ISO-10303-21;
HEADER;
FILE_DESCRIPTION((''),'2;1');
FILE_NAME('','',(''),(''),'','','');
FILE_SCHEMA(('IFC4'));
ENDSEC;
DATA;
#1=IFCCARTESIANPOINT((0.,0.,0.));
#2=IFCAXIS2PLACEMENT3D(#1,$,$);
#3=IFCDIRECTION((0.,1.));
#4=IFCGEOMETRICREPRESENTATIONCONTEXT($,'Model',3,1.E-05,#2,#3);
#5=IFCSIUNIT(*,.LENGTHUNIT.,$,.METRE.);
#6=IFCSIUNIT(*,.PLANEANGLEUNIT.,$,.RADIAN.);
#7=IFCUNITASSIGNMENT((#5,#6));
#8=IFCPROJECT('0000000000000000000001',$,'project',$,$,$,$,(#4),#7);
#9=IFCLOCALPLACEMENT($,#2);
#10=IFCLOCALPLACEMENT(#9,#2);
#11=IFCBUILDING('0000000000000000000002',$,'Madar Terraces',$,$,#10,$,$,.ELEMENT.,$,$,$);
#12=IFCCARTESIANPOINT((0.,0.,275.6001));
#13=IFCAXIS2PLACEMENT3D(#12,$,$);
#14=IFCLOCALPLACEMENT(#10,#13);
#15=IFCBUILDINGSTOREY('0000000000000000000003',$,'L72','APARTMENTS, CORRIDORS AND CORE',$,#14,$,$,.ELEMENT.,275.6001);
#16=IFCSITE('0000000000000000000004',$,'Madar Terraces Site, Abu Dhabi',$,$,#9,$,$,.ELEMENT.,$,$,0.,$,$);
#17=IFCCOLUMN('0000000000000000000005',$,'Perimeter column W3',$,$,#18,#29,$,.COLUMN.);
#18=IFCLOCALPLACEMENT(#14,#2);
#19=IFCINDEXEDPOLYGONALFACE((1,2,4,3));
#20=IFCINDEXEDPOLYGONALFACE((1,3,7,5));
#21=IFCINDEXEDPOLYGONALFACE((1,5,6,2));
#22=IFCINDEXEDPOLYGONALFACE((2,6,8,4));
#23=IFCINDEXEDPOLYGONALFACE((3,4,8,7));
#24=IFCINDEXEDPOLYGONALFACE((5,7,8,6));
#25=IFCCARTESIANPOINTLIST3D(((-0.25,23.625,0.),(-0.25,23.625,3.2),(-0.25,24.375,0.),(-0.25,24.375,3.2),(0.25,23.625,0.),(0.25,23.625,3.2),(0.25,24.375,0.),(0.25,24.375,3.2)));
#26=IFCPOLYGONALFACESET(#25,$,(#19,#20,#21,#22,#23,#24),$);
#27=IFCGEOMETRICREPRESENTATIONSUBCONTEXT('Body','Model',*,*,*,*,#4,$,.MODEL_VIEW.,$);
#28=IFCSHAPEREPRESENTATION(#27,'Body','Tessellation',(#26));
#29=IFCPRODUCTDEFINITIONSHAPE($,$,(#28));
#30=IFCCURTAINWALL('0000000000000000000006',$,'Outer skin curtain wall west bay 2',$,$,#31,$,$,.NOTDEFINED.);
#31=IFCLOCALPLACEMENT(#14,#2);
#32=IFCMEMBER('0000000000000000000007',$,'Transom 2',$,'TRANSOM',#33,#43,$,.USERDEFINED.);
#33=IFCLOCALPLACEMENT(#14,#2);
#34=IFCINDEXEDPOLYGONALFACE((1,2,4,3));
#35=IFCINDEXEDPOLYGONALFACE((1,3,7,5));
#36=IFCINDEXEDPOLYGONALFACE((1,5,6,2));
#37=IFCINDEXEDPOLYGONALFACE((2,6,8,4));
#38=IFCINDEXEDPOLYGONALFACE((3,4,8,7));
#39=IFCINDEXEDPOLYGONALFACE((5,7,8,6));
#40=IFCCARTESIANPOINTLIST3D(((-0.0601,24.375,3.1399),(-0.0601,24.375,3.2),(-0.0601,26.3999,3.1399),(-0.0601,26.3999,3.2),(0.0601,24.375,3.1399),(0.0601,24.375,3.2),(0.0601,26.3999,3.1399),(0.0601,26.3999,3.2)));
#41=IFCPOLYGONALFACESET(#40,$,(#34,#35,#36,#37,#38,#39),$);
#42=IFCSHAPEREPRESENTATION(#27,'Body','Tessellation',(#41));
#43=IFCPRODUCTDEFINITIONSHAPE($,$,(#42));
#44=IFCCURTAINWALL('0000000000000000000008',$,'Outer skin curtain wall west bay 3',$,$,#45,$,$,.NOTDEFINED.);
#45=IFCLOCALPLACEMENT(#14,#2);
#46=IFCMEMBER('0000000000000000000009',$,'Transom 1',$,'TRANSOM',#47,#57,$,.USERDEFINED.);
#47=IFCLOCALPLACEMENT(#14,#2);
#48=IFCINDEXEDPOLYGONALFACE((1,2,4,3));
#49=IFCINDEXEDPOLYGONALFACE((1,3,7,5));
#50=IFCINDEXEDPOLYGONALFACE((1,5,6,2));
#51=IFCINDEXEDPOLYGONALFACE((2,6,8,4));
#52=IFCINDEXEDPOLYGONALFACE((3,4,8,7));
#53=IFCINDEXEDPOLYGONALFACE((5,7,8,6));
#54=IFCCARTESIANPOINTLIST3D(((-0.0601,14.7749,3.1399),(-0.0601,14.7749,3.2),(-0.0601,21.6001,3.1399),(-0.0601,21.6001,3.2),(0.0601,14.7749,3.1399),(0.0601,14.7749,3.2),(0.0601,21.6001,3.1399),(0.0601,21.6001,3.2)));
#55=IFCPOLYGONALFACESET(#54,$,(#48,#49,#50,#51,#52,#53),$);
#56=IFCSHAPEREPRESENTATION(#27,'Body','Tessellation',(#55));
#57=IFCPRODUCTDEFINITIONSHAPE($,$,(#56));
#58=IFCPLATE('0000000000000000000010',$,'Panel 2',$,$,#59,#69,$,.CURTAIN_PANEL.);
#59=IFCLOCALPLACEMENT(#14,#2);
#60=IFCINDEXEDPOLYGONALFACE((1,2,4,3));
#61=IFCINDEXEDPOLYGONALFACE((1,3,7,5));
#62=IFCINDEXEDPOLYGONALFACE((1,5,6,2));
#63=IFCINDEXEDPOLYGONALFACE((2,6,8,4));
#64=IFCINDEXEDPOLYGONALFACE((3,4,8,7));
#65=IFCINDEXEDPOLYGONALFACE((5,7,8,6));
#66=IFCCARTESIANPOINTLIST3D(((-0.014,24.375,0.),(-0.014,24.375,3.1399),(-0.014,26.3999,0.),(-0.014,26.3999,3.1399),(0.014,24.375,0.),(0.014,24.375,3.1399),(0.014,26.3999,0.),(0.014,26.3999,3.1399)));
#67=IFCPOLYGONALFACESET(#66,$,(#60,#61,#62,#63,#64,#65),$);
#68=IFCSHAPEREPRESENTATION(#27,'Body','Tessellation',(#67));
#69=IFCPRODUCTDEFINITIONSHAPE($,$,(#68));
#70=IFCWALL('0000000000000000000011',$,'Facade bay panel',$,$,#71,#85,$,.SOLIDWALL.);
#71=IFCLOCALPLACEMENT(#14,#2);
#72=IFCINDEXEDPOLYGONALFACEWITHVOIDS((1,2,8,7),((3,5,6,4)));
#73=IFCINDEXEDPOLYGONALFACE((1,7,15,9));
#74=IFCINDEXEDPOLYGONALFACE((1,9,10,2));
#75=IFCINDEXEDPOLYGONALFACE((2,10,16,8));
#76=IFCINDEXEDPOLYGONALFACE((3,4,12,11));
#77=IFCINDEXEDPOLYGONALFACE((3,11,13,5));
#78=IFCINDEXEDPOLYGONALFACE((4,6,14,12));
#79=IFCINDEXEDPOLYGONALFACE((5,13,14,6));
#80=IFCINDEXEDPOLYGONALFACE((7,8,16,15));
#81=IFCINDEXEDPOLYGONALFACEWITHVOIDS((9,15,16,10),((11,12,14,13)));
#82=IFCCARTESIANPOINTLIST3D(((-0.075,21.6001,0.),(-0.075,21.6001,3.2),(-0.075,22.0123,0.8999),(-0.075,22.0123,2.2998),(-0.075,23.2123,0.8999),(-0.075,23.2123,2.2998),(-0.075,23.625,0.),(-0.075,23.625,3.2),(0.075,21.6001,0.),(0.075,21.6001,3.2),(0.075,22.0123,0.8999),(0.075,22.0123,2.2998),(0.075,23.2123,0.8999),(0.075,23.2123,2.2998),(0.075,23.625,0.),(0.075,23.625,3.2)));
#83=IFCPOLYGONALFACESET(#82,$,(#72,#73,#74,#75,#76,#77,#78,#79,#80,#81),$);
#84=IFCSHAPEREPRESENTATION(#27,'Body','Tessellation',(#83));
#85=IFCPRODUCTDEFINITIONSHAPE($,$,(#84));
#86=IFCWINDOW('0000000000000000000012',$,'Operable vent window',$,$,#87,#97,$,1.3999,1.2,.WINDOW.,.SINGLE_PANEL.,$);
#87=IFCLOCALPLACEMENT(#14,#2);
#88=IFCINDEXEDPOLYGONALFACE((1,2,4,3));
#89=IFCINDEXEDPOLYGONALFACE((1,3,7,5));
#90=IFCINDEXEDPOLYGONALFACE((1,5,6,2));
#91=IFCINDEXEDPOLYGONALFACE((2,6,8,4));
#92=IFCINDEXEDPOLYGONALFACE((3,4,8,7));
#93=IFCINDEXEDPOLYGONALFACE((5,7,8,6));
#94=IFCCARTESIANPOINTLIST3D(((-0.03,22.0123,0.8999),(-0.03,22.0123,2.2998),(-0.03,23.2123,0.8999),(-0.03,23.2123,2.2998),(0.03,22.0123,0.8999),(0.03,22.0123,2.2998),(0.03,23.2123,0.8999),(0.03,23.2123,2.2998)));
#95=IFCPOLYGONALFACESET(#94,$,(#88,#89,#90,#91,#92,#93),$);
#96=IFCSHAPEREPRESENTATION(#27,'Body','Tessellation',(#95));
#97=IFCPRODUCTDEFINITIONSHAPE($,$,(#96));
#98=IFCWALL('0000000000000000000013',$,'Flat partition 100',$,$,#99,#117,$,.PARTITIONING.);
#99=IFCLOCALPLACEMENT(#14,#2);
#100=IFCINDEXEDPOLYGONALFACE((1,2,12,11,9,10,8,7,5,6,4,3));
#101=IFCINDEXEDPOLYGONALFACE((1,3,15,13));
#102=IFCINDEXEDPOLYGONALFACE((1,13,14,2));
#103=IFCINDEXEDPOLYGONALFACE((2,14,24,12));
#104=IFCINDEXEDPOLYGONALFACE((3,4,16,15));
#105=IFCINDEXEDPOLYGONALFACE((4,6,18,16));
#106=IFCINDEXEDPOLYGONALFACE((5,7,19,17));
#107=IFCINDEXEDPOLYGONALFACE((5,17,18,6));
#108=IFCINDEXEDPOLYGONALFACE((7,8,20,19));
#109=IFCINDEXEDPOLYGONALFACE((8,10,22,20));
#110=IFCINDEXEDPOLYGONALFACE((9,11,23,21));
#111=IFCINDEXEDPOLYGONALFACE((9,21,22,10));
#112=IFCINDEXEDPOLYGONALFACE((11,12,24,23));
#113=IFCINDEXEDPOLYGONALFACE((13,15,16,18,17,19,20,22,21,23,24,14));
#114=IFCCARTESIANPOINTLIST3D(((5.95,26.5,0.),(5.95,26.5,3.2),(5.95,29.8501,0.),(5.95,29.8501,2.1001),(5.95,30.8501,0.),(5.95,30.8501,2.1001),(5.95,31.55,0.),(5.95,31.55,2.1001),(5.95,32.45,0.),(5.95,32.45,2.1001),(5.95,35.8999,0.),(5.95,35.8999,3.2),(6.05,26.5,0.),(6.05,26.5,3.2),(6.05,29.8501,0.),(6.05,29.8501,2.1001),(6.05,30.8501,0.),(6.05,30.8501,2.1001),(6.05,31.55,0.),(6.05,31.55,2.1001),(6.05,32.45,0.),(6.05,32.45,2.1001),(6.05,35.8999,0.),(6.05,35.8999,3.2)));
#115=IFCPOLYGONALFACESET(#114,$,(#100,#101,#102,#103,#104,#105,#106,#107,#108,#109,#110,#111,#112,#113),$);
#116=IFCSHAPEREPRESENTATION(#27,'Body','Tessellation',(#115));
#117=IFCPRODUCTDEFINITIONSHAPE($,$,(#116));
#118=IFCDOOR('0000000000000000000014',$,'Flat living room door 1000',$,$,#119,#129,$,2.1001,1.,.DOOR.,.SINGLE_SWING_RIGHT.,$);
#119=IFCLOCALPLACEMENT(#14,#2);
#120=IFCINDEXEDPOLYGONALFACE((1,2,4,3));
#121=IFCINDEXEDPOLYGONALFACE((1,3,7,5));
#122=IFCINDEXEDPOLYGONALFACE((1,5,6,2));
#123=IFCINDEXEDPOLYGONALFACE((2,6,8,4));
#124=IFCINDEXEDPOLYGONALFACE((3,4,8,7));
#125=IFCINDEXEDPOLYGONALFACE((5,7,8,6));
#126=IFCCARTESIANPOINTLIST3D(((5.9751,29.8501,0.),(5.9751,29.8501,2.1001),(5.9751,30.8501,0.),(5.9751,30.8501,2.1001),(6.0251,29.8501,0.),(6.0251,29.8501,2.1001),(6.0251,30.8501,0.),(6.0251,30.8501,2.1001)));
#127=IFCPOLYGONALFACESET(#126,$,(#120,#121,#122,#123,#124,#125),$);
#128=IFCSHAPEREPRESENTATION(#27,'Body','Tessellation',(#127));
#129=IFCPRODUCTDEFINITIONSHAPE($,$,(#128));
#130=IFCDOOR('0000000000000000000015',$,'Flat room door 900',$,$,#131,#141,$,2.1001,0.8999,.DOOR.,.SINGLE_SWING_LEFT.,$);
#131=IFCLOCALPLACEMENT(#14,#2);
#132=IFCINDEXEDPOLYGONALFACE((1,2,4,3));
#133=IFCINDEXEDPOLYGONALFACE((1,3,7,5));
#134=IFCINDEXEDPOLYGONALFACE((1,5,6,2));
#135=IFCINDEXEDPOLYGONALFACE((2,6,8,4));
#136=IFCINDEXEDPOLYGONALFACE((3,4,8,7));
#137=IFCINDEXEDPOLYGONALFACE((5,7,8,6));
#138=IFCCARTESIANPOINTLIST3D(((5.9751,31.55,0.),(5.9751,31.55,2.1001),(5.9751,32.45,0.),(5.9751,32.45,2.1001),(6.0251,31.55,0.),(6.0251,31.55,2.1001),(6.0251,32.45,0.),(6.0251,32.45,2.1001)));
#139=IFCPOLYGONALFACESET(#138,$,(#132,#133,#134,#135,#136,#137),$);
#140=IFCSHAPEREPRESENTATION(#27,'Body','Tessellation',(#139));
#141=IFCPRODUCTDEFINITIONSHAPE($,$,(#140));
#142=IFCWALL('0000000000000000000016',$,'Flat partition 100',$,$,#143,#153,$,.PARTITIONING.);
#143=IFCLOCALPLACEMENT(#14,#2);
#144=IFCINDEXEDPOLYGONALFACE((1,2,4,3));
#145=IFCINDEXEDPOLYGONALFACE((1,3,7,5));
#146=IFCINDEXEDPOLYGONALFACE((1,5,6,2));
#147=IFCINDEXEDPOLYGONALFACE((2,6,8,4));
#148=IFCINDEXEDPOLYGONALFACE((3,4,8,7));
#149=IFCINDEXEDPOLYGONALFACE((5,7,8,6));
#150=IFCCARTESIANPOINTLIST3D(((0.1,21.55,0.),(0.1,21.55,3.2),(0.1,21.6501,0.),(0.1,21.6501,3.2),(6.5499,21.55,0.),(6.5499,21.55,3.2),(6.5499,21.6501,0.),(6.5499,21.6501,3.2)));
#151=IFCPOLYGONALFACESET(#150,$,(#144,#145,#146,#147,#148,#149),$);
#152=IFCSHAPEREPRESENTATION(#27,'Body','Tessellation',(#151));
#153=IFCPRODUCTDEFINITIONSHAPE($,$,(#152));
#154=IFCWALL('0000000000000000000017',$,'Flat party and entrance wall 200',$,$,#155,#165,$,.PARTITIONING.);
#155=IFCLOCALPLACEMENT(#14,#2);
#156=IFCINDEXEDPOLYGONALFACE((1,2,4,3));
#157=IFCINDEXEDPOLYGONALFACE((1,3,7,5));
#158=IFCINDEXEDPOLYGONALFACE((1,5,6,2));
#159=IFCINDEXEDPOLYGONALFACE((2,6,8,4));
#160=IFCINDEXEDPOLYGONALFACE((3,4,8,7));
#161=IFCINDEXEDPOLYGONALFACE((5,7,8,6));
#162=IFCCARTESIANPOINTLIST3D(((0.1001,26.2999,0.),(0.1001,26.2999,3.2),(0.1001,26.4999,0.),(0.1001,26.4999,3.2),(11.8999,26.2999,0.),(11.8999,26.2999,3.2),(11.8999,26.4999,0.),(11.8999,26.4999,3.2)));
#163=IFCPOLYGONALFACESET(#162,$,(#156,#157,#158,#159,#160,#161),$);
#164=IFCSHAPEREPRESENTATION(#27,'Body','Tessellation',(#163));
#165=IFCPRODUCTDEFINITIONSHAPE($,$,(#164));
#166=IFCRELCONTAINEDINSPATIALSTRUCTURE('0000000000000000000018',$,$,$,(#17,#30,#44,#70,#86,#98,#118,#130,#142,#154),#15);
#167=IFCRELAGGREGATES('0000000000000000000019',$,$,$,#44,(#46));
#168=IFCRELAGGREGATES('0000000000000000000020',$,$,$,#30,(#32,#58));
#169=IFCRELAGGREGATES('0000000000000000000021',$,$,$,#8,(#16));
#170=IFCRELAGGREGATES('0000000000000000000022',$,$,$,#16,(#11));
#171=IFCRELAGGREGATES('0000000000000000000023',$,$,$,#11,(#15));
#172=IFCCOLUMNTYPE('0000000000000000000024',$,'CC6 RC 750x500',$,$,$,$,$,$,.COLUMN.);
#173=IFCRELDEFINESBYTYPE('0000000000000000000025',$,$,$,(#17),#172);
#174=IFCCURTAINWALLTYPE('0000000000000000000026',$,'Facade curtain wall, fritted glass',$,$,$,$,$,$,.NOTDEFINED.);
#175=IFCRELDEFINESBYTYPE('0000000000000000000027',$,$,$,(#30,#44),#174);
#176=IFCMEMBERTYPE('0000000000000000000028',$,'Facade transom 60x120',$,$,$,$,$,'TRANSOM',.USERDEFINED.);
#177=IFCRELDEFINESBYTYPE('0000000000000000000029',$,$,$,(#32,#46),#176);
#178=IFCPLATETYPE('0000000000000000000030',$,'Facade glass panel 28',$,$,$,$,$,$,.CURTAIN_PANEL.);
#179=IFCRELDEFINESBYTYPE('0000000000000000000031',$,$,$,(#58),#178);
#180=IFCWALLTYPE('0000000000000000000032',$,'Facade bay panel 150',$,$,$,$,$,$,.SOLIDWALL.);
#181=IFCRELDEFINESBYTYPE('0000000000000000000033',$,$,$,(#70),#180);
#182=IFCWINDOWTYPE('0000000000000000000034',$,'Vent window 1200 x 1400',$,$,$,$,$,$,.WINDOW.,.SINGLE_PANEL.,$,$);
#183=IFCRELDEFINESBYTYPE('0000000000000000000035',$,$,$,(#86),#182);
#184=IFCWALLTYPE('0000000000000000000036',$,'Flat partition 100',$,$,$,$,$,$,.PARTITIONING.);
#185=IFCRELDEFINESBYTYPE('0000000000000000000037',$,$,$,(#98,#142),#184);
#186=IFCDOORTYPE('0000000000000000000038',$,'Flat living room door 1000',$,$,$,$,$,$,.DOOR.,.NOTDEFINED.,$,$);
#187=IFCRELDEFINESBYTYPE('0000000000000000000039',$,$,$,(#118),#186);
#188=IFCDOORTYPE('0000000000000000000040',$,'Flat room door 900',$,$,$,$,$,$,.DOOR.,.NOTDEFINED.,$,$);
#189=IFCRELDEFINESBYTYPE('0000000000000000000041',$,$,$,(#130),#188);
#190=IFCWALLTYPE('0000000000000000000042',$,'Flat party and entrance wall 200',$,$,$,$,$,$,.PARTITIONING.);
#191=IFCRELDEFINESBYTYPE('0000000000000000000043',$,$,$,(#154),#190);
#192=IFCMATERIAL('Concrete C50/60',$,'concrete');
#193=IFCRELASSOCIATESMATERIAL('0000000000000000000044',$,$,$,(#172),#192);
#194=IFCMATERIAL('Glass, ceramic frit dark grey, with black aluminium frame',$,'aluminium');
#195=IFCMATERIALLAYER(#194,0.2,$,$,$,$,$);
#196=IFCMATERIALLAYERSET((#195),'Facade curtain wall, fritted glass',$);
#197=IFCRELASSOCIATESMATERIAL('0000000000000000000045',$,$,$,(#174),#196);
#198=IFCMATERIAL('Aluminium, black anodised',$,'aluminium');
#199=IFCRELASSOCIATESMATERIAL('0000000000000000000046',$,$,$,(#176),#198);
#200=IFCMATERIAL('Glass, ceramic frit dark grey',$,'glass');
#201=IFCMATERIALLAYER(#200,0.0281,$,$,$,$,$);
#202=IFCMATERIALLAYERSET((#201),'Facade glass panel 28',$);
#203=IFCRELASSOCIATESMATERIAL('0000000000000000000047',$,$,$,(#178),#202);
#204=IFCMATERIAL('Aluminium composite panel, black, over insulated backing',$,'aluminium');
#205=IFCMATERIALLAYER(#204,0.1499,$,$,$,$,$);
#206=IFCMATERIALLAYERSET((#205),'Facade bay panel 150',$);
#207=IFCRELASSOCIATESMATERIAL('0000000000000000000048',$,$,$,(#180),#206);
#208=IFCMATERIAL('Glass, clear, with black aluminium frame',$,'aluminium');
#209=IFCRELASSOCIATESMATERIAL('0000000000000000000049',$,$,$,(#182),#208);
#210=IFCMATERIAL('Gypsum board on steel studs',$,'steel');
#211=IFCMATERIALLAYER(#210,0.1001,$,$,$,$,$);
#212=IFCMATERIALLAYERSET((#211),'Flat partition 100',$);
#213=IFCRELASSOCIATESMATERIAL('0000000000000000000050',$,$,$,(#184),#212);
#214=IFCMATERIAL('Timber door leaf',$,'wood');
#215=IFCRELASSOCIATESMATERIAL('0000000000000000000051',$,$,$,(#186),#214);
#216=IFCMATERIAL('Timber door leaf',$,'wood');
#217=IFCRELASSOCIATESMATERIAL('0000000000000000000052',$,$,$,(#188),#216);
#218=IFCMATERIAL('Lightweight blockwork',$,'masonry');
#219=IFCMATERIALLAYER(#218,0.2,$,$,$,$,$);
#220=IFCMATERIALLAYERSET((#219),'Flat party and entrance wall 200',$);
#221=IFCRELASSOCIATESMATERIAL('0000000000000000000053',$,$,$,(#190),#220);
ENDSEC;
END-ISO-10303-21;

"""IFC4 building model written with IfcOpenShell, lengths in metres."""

from ifc_helpers import new_model, si_unit, direction, frame, frame_2d, origin, origin_2d, place, context, subcontext, project, spatial, rectangle, extrude, material, layer, layer_set, material_profile, profile_set, type_object, element, fill, aggregate, save


model = new_model("IFC4")

# Units and contexts
model_context = context("Model", 3, precision=1e-05, world=origin(), true_north=direction((0.0, 1.0)))
body_context = subcontext(model_context, "Body", "Model", "MODEL_VIEW")
ifc_project = project(units=[si_unit("LENGTHUNIT", "METRE"), si_unit("PLANEANGLEUNIT", "RADIAN")], contexts=[model_context])

# Site, building, storey
site_placement = place(None, origin())
site = spatial("IfcSite", under=ifc_project, at=site_placement, Name="Madar Terraces Site, Abu Dhabi", CompositionType="ELEMENT", RefElevation=0.0)
building_placement = place(site_placement, origin())
building = spatial("IfcBuilding", under=site, at=building_placement, Name="Madar Terraces", CompositionType="ELEMENT")
storey_placement = place(building_placement, frame((0.0, 0.0, 275.6001)))
storey = spatial("IfcBuildingStorey", under=building, at=storey_placement, Name="L72", Description="APARTMENTS, CORRIDORS AND CORE", CompositionType="ELEMENT", Elevation=275.6001)

# Column
ifc_material_1 = material(Name="Concrete C50/60", Category="concrete")
ifc_material_profile_1 = material_profile(ifc_material_1, rectangle(XDim=0.75, YDim=0.5, at=origin_2d()), Name="CC6 RC 750x500")
ifc_profile_set_1 = profile_set([ifc_material_profile_1], Name="Concrete C50/60")
column_type = type_object("IfcColumnType", Name="CC6 RC 750x500", PredefinedType="COLUMN", material=ifc_profile_set_1)
column_placement = place(storey_placement, frame((0.0, 24.0, 0.0), z_axis=(0.0, 0.0, 1.0), x_axis=(0.0, 1.0, 0.0)))
element("IfcColumn", 1, at=column_placement, inside=storey, type_object=column_type, Name="Perimeter column W3", PredefinedType="COLUMN", context=body_context, shape_type="SweptSolid", body=[
    extrude(rectangle(XDim=0.75, YDim=0.5, at=origin_2d()), origin(), (0.0, 0.0, 1.0), 3.2),
])

# Curtain walls, members
ifc_material_2 = material(Name="Glass, ceramic frit dark grey, with black aluminium frame", Category="aluminium")
ifc_layer_1 = layer(ifc_material_2, 0.2)
ifc_layer_set_1 = layer_set([ifc_layer_1], Name="Facade curtain wall, fritted glass")
curtain_wall_type = type_object("IfcCurtainWallType", Name="Facade curtain wall, fritted glass", PredefinedType="NOTDEFINED", material=ifc_layer_set_1)
curtain_wall_1_placement = place(storey_placement, origin())
curtain_wall_1 = element("IfcCurtainWall", 2, at=curtain_wall_1_placement, inside=storey, type_object=curtain_wall_type, Name="Outer skin curtain wall west bay 2", PredefinedType="NOTDEFINED")
ifc_material_3 = material(Name="Aluminium, black anodised", Category="aluminium")
ifc_material_profile_2 = material_profile(ifc_material_3, rectangle(XDim=0.1201, YDim=0.0601, at=origin_2d()), Name="Facade transom 60x120")
ifc_profile_set_2 = profile_set([ifc_material_profile_2], Name="Aluminium, black anodised")
member_type = type_object("IfcMemberType", Name="Facade transom 60x120", ElementType="TRANSOM", PredefinedType="USERDEFINED", material=ifc_profile_set_2)
member_1_placement = place(storey_placement, frame((0.0, 26.3999, 3.1699), z_axis=(0.0, -1.0, 0.0), x_axis=(1.0, 0.0, 0.0)))
member_1 = element("IfcMember", 3, at=member_1_placement, type_object=member_type, Name="Transom 2", ObjectType="TRANSOM", PredefinedType="USERDEFINED", context=body_context, shape_type="SweptSolid", body=[
    extrude(rectangle(XDim=0.1201, YDim=0.0601, at=origin_2d()), origin(), (0.0, 0.0, 1.0), 2.0249),
])
curtain_wall_2_placement = place(storey_placement, origin())
curtain_wall_2 = element("IfcCurtainWall", 4, at=curtain_wall_2_placement, inside=storey, type_object=curtain_wall_type, Name="Outer skin curtain wall west bay 3", PredefinedType="NOTDEFINED")
member_2_placement = place(storey_placement, frame((0.0, 21.6001, 3.1699), z_axis=(0.0, -1.0, 0.0), x_axis=(1.0, 0.0, 0.0)))
member_2 = element("IfcMember", 5, at=member_2_placement, type_object=member_type, Name="Transom 1", ObjectType="TRANSOM", PredefinedType="USERDEFINED", context=body_context, shape_type="SweptSolid", body=[
    extrude(rectangle(XDim=0.1201, YDim=0.0601, at=origin_2d()), origin(), (0.0, 0.0, 1.0), 6.8252),
])
aggregate(curtain_wall_2, [member_2])

# Plate
ifc_material_4 = material(Name="Glass, ceramic frit dark grey", Category="glass")
ifc_layer_2 = layer(ifc_material_4, 0.0281)
ifc_layer_set_2 = layer_set([ifc_layer_2], Name="Facade glass panel 28")
plate_type = type_object("IfcPlateType", Name="Facade glass panel 28", PredefinedType="CURTAIN_PANEL", material=ifc_layer_set_2)
plate_placement = place(storey_placement, frame((0.0, 25.3875, 0.0), z_axis=(0.0, 0.0, 1.0), x_axis=(0.0, -1.0, 0.0)))
plate = element("IfcPlate", 6, at=plate_placement, type_object=plate_type, Name="Panel 2", PredefinedType="CURTAIN_PANEL", context=body_context, shape_type="SweptSolid", body=[
    extrude(rectangle(XDim=2.0249, YDim=0.0281, at=origin_2d()), origin(), (0.0, 0.0, 1.0), 3.1399),
])
aggregate(curtain_wall_1, [member_1, plate])

# Shared definitions
ifc_material_5 = material(Name="Aluminium composite panel, black, over insulated backing", Category="aluminium")
ifc_layer_3 = layer(ifc_material_5, 0.1499)
ifc_layer_set_3 = layer_set([ifc_layer_3], Name="Facade bay panel 150")
wall_type_1 = type_object("IfcWallType", Name="Facade bay panel 150", PredefinedType="SOLIDWALL", material=ifc_layer_set_3)

# Wall, opening, window
wall_1_placement = place(storey_placement, frame((0.0, 23.625, 0.0), z_axis=(0.0, 0.0, 1.0), x_axis=(0.0, -1.0, 0.0)))
wall_1 = element("IfcWall", 7, at=wall_1_placement, inside=storey, type_object=wall_type_1, Name="Facade bay panel", PredefinedType="SOLIDWALL", context=body_context, shape_type="SweptSolid", body=[
    extrude(rectangle(XDim=2.0249, YDim=0.1499, at=frame_2d((1.0125, 0.0))), origin(), (0.0, 0.0, 1.0), 3.2),
])
opening_1_placement = place(wall_1_placement, frame((0.4126, 0.0, 0.8999)))
opening_1 = element("IfcOpeningElement", 8, at=opening_1_placement, cuts=wall_1, PredefinedType="OPENING", context=body_context, shape_type="SweptSolid", body=[
    extrude(rectangle(XDim=1.2, YDim=1.3999, at=frame_2d((0.6001, 0.7))), frame((0.0, 0.085, 0.0), z_axis=(0.0, -1.0, 0.0), x_axis=(1.0, 0.0, 0.0)), (0.0, 0.0, 1.0), 0.1699),
])
ifc_material_6 = material(Name="Glass, clear, with black aluminium frame", Category="aluminium")
window_type = type_object("IfcWindowType", Name="Vent window 1200 x 1400", PartitioningType="SINGLE_PANEL", PredefinedType="WINDOW", material=ifc_material_6)
window_placement = place(opening_1_placement, origin())
window = element("IfcWindow", 9, at=window_placement, inside=storey, type_object=window_type, Name="Operable vent window", OverallHeight=1.3999, OverallWidth=1.2, PartitioningType="SINGLE_PANEL", PredefinedType="WINDOW", context=body_context, shape_type="SweptSolid", body=[
    extrude(rectangle(XDim=1.2, YDim=1.3999, at=frame_2d((0.6001, 0.7))), frame((0.0, 0.03, 0.0), z_axis=(0.0, -1.0, 0.0), x_axis=(1.0, 0.0, 0.0)), (0.0, 0.0, 1.0), 0.0601),
])
fill(opening_1, window)

# Wall, openings, doors
ifc_material_7 = material(Name="Gypsum board on steel studs", Category="steel")
ifc_layer_4 = layer(ifc_material_7, 0.1001)
ifc_layer_set_4 = layer_set([ifc_layer_4], Name="Flat partition 100")
wall_type_2 = type_object("IfcWallType", Name="Flat partition 100", PredefinedType="PARTITIONING", material=ifc_layer_set_4)
wall_2_placement = place(storey_placement, frame((6.0, 26.5, 0.0), z_axis=(0.0, 0.0, 1.0), x_axis=(0.0, 1.0, 0.0)))
wall_2 = element("IfcWall", 10, at=wall_2_placement, inside=storey, type_object=wall_type_2, Name="Flat partition 100", PredefinedType="PARTITIONING", context=body_context, shape_type="SweptSolid", body=[
    extrude(rectangle(XDim=9.3999, YDim=0.1001, at=frame_2d((4.7, 0.0))), origin(), (0.0, 0.0, 1.0), 3.2),
])
opening_2_placement = place(wall_2_placement, frame((3.3501, 0.0, 0.0)))
opening_2 = element("IfcOpeningElement", 11, at=opening_2_placement, cuts=wall_2, PredefinedType="OPENING", context=body_context, shape_type="SweptSolid", body=[
    extrude(rectangle(XDim=1.0, YDim=2.1001, at=frame_2d((0.5, 1.05))), frame((0.0, 0.0601, 0.0), z_axis=(0.0, -1.0, 0.0), x_axis=(1.0, 0.0, 0.0)), (0.0, 0.0, 1.0), 0.1201),
])
opening_3_placement = place(wall_2_placement, frame((5.05, 0.0, 0.0)))
opening_3 = element("IfcOpeningElement", 12, at=opening_3_placement, cuts=wall_2, PredefinedType="OPENING", context=body_context, shape_type="SweptSolid", body=[
    extrude(rectangle(XDim=0.8999, YDim=2.1001, at=frame_2d((0.45, 1.05))), frame((0.0, 0.0601, 0.0), z_axis=(0.0, -1.0, 0.0), x_axis=(1.0, 0.0, 0.0)), (0.0, 0.0, 1.0), 0.1201),
])
ifc_material_8 = material(Name="Timber door leaf", Category="wood")
door_type_1 = type_object("IfcDoorType", Name="Flat living room door 1000", OperationType="NOTDEFINED", PredefinedType="DOOR", material=ifc_material_8)
door_1_placement = place(opening_2_placement, origin())
door_1 = element("IfcDoor", 13, at=door_1_placement, inside=storey, type_object=door_type_1, Name="Flat living room door 1000", OperationType="SINGLE_SWING_RIGHT", OverallHeight=2.1001, OverallWidth=1.0, PredefinedType="DOOR", context=body_context, shape_type="SweptSolid", body=[
    extrude(rectangle(XDim=1.0, YDim=2.1001, at=frame_2d((0.5, 1.05))), frame((0.0, 0.0249, 0.0), z_axis=(0.0, -1.0, 0.0), x_axis=(1.0, 0.0, 0.0)), (0.0, 0.0, 1.0), 0.05),
])
fill(opening_2, door_1)
ifc_material_9 = material(Name="Timber door leaf", Category="wood")
door_type_2 = type_object("IfcDoorType", Name="Flat room door 900", OperationType="NOTDEFINED", PredefinedType="DOOR", material=ifc_material_9)
door_2_placement = place(opening_3_placement, origin())
door_2 = element("IfcDoor", 14, at=door_2_placement, inside=storey, type_object=door_type_2, Name="Flat room door 900", OperationType="SINGLE_SWING_LEFT", OverallHeight=2.1001, OverallWidth=0.8999, PredefinedType="DOOR", context=body_context, shape_type="SweptSolid", body=[
    extrude(rectangle(XDim=0.8999, YDim=2.1001, at=frame_2d((0.45, 1.05))), frame((0.0, 0.0249, 0.0), z_axis=(0.0, -1.0, 0.0), x_axis=(1.0, 0.0, 0.0)), (0.0, 0.0, 1.0), 0.05),
])
fill(opening_3, door_2)

# Walls
wall_3_placement = place(storey_placement, frame((6.55, 21.6001, 0.0), z_axis=(0.0, 0.0, 1.0), x_axis=(-1.0, 0.0, 0.0)))
element("IfcWall", 15, at=wall_3_placement, inside=storey, type_object=wall_type_2, Name="Flat partition 100", PredefinedType="PARTITIONING", context=body_context, shape_type="SweptSolid", body=[
    extrude(rectangle(XDim=6.45, YDim=0.1001, at=frame_2d((3.2251, 0.0))), origin(), (0.0, 0.0, 1.0), 3.2),
])
ifc_material_10 = material(Name="Lightweight blockwork", Category="masonry")
ifc_layer_5 = layer(ifc_material_10, 0.2)
ifc_layer_set_5 = layer_set([ifc_layer_5], Name="Flat party and entrance wall 200")
wall_type_3 = type_object("IfcWallType", Name="Flat party and entrance wall 200", PredefinedType="PARTITIONING", material=ifc_layer_set_5)
wall_4_placement = place(storey_placement, frame((0.1001, 26.3999, 0.0), z_axis=(0.0, 0.0, 1.0), x_axis=(1.0, 0.0, 0.0)))
element("IfcWall", 16, at=wall_4_placement, inside=storey, type_object=wall_type_3, Name="Flat party and entrance wall 200", PredefinedType="PARTITIONING", context=body_context, shape_type="SweptSolid", body=[
    extrude(rectangle(XDim=11.7998, YDim=0.2, at=frame_2d((5.8999, 0.0))), origin(), (0.0, 0.0, 1.0), 3.2),
])

save(model, "model.ifc")
